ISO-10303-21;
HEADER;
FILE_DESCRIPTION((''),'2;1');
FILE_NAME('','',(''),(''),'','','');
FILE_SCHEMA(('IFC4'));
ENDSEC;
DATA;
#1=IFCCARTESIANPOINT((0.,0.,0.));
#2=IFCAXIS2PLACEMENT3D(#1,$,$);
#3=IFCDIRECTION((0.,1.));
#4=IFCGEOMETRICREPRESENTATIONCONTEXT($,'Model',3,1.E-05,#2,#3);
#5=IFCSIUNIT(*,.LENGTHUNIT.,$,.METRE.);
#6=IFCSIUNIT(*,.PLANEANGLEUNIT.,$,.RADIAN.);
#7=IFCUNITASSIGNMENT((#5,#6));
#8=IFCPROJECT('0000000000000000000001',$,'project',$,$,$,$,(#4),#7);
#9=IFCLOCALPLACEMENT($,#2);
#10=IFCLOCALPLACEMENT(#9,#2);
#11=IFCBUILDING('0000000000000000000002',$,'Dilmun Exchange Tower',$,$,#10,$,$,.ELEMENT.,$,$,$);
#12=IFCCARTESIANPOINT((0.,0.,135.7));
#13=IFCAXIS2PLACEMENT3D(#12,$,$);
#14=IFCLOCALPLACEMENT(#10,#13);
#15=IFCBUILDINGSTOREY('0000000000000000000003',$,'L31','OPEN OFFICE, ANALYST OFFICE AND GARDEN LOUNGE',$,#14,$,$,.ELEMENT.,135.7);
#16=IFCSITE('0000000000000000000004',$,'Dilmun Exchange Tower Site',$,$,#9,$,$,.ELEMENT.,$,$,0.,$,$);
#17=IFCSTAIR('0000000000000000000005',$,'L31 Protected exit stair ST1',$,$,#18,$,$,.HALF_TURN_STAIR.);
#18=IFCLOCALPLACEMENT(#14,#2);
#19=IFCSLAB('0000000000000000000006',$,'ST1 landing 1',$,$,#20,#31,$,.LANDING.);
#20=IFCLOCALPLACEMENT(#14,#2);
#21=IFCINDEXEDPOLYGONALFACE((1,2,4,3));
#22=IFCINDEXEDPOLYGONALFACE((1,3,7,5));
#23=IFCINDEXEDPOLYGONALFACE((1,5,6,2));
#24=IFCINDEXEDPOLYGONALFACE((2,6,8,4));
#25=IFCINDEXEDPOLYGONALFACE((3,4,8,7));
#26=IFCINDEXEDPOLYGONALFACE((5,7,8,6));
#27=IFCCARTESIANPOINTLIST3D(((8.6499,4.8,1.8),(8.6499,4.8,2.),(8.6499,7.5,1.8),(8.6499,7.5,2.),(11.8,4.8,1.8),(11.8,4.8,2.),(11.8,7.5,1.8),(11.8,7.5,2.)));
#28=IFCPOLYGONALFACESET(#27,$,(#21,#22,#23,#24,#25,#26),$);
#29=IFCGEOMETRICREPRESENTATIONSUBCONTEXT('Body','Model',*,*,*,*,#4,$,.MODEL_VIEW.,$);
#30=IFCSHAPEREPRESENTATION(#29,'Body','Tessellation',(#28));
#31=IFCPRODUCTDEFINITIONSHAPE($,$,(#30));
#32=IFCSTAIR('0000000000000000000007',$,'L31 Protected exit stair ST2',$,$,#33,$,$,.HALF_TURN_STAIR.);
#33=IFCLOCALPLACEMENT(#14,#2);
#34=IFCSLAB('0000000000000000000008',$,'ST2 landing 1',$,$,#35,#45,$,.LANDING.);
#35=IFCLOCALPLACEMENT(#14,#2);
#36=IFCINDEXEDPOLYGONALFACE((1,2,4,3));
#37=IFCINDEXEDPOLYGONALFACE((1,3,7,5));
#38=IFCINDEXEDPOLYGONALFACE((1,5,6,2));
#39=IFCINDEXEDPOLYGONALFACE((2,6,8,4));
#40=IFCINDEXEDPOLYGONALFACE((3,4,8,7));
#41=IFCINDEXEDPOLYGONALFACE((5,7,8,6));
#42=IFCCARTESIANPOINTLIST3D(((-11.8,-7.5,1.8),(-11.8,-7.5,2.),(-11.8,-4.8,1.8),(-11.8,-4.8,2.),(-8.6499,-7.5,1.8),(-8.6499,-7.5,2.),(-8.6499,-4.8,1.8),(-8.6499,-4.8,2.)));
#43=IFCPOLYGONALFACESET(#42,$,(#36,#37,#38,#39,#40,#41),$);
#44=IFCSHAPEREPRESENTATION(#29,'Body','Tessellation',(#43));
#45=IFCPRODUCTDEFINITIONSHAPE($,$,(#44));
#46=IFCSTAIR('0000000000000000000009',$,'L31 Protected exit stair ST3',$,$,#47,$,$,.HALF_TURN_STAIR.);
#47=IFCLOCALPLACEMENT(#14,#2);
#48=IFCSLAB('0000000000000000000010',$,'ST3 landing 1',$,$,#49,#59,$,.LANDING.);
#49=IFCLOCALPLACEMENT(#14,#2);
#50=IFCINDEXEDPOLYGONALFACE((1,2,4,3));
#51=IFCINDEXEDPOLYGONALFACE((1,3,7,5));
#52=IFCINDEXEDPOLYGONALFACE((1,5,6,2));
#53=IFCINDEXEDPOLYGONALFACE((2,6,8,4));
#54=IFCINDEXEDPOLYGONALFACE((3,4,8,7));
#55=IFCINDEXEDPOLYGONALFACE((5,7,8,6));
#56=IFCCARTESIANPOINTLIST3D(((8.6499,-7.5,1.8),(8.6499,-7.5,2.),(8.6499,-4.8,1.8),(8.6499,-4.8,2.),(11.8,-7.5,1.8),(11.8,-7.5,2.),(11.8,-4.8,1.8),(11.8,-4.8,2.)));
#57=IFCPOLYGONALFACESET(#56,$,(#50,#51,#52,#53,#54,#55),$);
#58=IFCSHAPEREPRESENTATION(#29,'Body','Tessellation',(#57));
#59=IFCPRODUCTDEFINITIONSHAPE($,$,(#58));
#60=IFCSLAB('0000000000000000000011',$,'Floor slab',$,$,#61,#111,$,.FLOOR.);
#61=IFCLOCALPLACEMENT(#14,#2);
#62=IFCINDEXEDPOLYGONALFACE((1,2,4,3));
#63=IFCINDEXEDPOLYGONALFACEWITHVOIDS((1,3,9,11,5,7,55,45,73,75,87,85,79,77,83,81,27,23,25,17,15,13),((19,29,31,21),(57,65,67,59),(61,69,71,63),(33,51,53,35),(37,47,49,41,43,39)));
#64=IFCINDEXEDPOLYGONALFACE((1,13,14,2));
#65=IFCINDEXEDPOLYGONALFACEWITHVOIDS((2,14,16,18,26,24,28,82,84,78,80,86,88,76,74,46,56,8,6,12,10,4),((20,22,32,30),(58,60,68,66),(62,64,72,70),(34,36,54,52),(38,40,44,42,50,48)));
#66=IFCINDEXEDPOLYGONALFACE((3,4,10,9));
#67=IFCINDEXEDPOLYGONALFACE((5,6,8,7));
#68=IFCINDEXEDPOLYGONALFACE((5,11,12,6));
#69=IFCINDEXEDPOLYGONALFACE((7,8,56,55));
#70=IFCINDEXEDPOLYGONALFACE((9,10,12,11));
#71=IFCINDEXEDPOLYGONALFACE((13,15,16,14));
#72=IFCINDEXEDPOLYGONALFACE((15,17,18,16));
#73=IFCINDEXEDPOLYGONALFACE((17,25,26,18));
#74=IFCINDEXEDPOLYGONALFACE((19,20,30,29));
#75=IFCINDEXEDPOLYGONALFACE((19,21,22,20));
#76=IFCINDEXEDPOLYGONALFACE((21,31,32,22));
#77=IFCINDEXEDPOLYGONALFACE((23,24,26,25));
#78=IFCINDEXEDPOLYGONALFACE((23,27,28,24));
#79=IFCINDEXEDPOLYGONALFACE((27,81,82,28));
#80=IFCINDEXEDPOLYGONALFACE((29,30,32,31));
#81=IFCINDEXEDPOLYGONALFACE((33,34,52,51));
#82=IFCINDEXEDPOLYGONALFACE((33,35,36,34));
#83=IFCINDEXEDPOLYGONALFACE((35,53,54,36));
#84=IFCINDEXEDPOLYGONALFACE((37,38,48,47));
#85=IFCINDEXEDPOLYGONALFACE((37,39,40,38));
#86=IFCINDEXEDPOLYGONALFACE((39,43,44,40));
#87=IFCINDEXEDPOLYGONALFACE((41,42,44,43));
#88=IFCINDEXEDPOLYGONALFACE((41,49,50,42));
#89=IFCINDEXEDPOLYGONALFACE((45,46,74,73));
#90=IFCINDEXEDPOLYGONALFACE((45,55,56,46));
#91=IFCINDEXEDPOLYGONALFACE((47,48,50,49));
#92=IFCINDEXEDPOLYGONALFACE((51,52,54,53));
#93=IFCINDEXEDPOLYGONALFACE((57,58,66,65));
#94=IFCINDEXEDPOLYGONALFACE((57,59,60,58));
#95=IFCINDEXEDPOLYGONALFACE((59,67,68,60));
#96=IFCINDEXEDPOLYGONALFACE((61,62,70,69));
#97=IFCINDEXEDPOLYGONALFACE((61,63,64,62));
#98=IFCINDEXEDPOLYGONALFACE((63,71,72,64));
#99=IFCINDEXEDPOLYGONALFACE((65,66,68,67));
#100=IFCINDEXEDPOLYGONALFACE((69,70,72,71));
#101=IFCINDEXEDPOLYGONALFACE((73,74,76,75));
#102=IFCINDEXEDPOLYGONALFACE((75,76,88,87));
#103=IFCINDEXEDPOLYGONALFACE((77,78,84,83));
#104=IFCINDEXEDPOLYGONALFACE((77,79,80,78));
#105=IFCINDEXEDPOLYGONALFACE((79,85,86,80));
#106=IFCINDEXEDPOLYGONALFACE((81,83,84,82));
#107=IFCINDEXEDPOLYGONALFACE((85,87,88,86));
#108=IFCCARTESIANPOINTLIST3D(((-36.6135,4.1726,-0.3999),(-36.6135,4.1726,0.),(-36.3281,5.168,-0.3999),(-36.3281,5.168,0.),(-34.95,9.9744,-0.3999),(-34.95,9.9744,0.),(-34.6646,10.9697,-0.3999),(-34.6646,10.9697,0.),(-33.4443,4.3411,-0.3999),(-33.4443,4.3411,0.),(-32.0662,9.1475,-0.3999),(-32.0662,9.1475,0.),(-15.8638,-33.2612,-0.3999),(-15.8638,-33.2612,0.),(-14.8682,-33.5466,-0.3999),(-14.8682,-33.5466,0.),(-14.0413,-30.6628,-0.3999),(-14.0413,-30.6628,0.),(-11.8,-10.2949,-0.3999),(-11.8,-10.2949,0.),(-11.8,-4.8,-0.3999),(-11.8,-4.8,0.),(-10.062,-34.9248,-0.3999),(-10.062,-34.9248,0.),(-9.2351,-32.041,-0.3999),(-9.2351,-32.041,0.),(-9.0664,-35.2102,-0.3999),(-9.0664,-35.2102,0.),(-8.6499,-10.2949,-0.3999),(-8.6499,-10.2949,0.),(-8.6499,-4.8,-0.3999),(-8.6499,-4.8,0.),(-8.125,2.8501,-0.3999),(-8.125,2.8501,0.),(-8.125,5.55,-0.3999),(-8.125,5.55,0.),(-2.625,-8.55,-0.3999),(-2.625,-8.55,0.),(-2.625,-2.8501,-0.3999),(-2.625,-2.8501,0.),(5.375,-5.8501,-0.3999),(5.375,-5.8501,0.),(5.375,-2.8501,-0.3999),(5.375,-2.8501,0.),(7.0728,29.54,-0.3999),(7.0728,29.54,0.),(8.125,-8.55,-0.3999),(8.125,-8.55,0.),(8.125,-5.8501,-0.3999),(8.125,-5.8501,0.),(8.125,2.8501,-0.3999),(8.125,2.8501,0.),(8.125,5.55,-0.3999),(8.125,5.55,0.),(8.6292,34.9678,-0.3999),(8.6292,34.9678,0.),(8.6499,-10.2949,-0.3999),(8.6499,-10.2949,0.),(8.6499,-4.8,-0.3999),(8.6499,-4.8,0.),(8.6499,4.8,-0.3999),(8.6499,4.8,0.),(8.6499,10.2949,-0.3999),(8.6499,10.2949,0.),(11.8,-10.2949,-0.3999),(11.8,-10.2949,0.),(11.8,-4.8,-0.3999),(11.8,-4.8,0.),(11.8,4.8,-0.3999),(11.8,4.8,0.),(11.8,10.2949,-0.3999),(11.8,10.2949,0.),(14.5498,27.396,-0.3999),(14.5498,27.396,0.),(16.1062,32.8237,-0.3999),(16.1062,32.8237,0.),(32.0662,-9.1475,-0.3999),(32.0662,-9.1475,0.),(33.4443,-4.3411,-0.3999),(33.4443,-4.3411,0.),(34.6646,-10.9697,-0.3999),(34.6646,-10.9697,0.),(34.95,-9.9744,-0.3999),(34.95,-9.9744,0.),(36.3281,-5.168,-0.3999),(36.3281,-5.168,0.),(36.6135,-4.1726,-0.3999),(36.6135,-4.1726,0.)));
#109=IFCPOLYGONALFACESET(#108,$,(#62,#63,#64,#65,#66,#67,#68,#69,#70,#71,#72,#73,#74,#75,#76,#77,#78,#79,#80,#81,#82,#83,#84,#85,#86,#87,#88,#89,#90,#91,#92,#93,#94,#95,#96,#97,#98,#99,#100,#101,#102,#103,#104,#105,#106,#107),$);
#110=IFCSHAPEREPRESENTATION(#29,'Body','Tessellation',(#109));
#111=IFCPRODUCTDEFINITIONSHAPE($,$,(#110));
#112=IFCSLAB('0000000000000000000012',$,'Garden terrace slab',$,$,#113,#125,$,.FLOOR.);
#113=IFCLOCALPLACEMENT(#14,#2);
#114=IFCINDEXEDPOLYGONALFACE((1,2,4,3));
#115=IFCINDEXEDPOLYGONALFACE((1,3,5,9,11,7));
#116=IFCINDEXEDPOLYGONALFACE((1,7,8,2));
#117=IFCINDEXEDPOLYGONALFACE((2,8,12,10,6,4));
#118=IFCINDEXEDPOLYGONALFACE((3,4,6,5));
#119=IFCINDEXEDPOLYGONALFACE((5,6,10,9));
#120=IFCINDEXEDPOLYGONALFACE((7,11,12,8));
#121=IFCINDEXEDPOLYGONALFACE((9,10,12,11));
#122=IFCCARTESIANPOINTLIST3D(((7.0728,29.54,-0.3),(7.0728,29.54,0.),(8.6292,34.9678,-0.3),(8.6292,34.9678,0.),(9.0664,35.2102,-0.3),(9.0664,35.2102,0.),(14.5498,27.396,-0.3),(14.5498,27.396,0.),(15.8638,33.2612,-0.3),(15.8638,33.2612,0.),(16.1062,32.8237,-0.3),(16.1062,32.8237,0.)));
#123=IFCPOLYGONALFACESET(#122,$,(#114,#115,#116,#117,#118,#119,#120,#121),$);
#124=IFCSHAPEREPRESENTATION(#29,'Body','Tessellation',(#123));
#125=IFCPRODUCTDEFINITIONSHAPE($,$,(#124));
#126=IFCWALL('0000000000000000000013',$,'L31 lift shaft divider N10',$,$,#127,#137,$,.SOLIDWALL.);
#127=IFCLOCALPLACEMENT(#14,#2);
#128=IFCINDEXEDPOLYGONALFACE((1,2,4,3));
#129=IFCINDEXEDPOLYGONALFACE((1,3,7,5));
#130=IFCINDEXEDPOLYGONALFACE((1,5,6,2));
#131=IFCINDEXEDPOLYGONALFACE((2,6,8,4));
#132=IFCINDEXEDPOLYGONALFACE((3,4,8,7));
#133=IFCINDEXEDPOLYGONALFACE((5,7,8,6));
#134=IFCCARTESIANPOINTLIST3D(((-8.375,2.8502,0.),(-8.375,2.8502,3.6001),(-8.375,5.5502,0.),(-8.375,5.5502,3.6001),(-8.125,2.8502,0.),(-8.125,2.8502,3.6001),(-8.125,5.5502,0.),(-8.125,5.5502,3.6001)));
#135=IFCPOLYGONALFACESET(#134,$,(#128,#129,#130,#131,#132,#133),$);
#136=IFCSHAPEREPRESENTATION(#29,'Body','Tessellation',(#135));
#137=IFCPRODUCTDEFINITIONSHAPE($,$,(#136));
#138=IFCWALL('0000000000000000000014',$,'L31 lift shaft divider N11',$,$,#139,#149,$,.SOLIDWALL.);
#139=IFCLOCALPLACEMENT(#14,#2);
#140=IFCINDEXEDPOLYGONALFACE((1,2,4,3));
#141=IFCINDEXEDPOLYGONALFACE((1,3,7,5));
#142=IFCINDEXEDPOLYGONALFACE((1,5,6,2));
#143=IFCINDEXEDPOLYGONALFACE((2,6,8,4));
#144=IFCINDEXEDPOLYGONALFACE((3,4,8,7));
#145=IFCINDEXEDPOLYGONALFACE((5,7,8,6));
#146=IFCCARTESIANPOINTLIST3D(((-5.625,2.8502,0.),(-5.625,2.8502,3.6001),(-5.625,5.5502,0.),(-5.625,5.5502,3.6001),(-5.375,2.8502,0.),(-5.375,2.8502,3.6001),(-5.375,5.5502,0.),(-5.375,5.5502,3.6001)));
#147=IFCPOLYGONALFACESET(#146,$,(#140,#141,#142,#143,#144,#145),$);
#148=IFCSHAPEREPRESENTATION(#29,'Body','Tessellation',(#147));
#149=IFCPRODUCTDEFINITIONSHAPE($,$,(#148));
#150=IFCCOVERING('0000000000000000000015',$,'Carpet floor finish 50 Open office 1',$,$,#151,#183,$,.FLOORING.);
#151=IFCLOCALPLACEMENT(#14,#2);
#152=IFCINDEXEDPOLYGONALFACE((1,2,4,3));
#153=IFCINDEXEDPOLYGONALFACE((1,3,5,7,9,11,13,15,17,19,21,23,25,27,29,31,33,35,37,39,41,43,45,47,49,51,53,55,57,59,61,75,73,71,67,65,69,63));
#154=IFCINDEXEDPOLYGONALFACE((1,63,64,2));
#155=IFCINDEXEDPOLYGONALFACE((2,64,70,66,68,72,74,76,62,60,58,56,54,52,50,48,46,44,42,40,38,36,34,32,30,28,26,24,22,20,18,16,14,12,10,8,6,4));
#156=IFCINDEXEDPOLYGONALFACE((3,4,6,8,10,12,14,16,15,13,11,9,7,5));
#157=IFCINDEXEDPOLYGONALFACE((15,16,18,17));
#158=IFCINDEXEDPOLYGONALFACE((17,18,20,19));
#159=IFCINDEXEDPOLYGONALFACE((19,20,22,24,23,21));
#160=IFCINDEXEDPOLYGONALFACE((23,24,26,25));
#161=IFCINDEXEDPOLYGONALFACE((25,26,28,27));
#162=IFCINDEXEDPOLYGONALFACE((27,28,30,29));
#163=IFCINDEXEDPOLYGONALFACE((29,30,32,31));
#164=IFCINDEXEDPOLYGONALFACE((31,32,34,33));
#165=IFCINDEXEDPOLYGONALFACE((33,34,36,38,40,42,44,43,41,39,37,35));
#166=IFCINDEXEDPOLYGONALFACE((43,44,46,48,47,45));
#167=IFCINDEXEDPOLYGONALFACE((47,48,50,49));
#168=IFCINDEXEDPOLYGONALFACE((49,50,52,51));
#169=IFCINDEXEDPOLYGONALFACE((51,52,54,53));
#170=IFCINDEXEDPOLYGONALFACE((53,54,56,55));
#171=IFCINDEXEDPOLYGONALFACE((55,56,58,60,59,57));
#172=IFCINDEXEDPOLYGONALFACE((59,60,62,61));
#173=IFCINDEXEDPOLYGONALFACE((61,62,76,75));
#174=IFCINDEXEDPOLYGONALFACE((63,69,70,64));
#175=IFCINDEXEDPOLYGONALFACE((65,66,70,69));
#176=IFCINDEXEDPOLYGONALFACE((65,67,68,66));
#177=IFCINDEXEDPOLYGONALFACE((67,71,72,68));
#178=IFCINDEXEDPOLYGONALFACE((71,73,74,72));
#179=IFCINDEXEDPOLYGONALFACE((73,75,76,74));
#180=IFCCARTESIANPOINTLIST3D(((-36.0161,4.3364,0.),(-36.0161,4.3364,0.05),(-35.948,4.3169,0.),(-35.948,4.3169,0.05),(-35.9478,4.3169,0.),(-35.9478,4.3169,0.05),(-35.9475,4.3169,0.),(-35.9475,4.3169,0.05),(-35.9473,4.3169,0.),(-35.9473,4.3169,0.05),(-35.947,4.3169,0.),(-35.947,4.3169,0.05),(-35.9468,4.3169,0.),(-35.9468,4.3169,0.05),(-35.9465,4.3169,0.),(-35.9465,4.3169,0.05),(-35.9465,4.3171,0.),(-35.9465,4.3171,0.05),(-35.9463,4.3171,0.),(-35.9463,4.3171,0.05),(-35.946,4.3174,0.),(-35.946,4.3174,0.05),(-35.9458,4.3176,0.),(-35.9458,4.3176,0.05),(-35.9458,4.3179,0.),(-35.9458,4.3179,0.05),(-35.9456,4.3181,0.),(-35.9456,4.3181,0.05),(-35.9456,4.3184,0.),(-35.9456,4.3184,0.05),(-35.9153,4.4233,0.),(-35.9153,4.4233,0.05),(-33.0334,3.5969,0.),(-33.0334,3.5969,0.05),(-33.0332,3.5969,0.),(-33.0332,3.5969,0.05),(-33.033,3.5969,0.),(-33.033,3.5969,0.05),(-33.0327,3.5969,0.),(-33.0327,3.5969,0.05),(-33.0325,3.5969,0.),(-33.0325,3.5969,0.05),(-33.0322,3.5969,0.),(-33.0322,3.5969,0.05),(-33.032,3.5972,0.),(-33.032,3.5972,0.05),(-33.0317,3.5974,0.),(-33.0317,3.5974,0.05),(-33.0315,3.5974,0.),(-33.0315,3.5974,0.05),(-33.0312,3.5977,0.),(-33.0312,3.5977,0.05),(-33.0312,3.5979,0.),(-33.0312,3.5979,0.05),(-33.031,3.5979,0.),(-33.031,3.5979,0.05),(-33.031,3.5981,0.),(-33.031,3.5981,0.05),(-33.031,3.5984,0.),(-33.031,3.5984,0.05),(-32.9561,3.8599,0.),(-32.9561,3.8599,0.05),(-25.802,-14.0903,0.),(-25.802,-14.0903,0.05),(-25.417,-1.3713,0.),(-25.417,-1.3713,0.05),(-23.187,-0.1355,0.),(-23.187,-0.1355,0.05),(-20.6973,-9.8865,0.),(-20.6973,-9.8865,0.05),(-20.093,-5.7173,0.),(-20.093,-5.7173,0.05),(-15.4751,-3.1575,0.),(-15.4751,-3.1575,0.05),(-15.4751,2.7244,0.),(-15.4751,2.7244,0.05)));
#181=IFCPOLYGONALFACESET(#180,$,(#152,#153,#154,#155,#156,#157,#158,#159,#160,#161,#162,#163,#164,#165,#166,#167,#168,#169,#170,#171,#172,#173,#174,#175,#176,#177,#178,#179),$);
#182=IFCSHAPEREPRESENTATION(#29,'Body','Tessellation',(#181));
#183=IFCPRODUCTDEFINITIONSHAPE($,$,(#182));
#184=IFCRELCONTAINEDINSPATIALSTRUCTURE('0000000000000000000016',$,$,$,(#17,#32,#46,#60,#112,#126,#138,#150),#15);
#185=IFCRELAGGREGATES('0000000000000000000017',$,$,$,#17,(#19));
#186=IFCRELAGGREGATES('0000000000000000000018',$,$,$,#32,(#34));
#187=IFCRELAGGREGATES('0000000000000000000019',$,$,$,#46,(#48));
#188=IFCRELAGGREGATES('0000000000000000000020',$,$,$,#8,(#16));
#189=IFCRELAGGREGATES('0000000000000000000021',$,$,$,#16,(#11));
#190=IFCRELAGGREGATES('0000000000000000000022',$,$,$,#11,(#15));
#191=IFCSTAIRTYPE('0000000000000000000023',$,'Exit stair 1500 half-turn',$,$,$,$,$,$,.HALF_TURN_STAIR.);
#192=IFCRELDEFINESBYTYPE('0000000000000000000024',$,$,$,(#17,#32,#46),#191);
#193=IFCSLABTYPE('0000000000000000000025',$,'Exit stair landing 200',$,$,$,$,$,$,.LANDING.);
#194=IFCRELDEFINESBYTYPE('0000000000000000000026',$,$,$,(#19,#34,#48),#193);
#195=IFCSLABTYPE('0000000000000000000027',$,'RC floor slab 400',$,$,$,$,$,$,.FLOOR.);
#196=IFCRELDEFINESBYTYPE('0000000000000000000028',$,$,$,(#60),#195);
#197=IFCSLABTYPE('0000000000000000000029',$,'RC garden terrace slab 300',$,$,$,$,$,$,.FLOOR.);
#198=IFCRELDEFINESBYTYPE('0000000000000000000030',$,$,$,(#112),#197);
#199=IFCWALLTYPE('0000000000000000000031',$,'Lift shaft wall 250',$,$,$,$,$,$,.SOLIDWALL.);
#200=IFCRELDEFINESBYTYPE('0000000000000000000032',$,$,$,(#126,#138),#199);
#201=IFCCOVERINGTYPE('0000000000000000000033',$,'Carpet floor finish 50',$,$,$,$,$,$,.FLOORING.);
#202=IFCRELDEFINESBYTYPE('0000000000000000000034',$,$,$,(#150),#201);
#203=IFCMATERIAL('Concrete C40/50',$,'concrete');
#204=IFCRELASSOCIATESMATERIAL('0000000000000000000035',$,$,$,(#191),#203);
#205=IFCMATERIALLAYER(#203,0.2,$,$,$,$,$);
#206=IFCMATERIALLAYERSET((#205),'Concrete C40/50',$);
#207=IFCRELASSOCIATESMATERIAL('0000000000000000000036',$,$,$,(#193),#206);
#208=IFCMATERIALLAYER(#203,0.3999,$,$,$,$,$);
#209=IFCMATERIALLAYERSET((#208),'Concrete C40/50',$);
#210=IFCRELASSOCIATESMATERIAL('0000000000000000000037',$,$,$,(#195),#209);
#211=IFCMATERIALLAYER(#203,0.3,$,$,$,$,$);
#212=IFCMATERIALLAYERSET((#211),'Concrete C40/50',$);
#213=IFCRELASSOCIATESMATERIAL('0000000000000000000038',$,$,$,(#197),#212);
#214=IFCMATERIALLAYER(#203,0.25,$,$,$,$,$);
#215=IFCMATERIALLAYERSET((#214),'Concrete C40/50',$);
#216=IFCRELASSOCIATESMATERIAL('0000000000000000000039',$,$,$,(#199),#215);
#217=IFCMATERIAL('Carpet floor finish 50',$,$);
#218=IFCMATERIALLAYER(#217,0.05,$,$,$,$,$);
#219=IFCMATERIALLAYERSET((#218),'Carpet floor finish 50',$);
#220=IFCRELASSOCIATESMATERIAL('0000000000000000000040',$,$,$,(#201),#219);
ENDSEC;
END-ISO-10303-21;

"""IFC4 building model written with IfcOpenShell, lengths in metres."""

from ifc_helpers import new_model, si_unit, direction, frame, frame_2d, origin, place, context, subcontext, project, spatial, polyline, rectangle, outline, extrude, material, layer, layer_set, type_object, element, aggregate, save


model = new_model("IFC4")

# Units and contexts
model_context = context("Model", 3, precision=1e-05, world=origin(), true_north=direction((0.0, 1.0)))
body_context = subcontext(model_context, "Body", "Model", "MODEL_VIEW")
ifc_project = project(units=[si_unit("LENGTHUNIT", "METRE"), si_unit("PLANEANGLEUNIT", "RADIAN")], contexts=[model_context])

# Site, building, storey
site_placement = place(None, origin())
site = spatial("IfcSite", under=ifc_project, at=site_placement, Name="Dilmun Exchange Tower Site", CompositionType="ELEMENT", RefElevation=0.0)
building_placement = place(site_placement, origin())
building = spatial("IfcBuilding", under=site, at=building_placement, Name="Dilmun Exchange Tower", CompositionType="ELEMENT")
storey_placement = place(building_placement, frame((0.0, 0.0, 135.7)))
storey = spatial("IfcBuildingStorey", under=building, at=storey_placement, Name="L31", Description="OPEN OFFICE, ANALYST OFFICE AND GARDEN LOUNGE", CompositionType="ELEMENT", Elevation=135.7)

# Stairs, slabs
ifc_material_1 = material(Name="Concrete C40/50", Category="concrete")
stair_type = type_object("IfcStairType", Name="Exit stair 1500 half-turn", PredefinedType="HALF_TURN_STAIR", material=ifc_material_1)
stair_1_placement = place(storey_placement, origin())
stair_1 = element("IfcStair", 1, at=stair_1_placement, inside=storey, type_object=stair_type, Name="L31 Protected exit stair ST1", PredefinedType="HALF_TURN_STAIR")
ifc_layer_1 = layer(ifc_material_1, 0.2)
ifc_layer_set_1 = layer_set([ifc_layer_1], Name="Concrete C40/50")
slab_type_1 = type_object("IfcSlabType", Name="Exit stair landing 200", PredefinedType="LANDING", material=ifc_layer_set_1)
slab_1_placement = place(storey_placement, frame((0.0, 0.0, 1.8)))
slab_1 = element("IfcSlab", 2, at=slab_1_placement, type_object=slab_type_1, Name="ST1 landing 1", PredefinedType="LANDING", context=body_context, shape_type="SweptSolid", body=[
    extrude(outline(polyline([(8.6499, 7.5), (8.6499, 4.8), (11.8, 4.8), (11.8, 7.5), (8.6499, 7.5)])), origin(), (0.0, 0.0, 1.0), 0.2),
])
aggregate(stair_1, [slab_1])
stair_2_placement = place(storey_placement, origin())
stair_2 = element("IfcStair", 3, at=stair_2_placement, inside=storey, type_object=stair_type, Name="L31 Protected exit stair ST2", PredefinedType="HALF_TURN_STAIR")
slab_2_placement = place(storey_placement, frame((0.0, 0.0, 1.8)))
slab_2 = element("IfcSlab", 4, at=slab_2_placement, type_object=slab_type_1, Name="ST2 landing 1", PredefinedType="LANDING", context=body_context, shape_type="SweptSolid", body=[
    extrude(outline(polyline([(-8.6499, -7.5), (-8.6499, -4.8), (-11.8, -4.8), (-11.8, -7.5), (-8.6499, -7.5)])), origin(), (0.0, 0.0, 1.0), 0.2),
])
aggregate(stair_2, [slab_2])
stair_3_placement = place(storey_placement, origin())
stair_3 = element("IfcStair", 5, at=stair_3_placement, inside=storey, type_object=stair_type, Name="L31 Protected exit stair ST3", PredefinedType="HALF_TURN_STAIR")
slab_3_placement = place(storey_placement, frame((0.0, 0.0, 1.8)))
slab_3 = element("IfcSlab", 6, at=slab_3_placement, type_object=slab_type_1, Name="ST3 landing 1", PredefinedType="LANDING", context=body_context, shape_type="SweptSolid", body=[
    extrude(outline(polyline([(11.8, -7.5), (11.8, -4.8), (8.6499, -4.8), (8.6499, -7.5), (11.8, -7.5)])), origin(), (0.0, 0.0, 1.0), 0.2),
])
aggregate(stair_3, [slab_3])

# Slabs
ifc_layer_2 = layer(ifc_material_1, 0.3999)
ifc_layer_set_2 = layer_set([ifc_layer_2], Name="Concrete C40/50")
slab_type_2 = type_object("IfcSlabType", Name="RC floor slab 400", PredefinedType="FLOOR", material=ifc_layer_set_2)
slab_4_placement = place(storey_placement, frame((0.0, 0.0, -0.3999)))
element("IfcSlab", 7, at=slab_4_placement, inside=storey, type_object=slab_type_2, Name="Floor slab", PredefinedType="FLOOR", context=body_context, shape_type="SweptSolid", body=[
    extrude(outline(polyline([(36.3281, -5.168), (33.4443, -4.3411), (32.0662, -9.1475), (34.95, -9.9744), (34.6646, -10.9697), (-9.0664, -35.2102), (-10.062, -34.9248), (-9.2351, -32.041), (-14.0413, -30.6628), (-14.8682, -33.5466), (-15.8638, -33.2612), (-36.6135, 4.1726), (-36.3281, 5.168), (-33.4443, 4.3411), (-32.0662, 9.1475), (-34.95, 9.9744), (-34.6646, 10.9697), (8.6292, 34.9678), (7.0728, 29.54), (14.5498, 27.396), (16.1062, 32.8237), (36.6135, -4.1726), (36.3281, -5.168)]), holes=[polyline([(-8.6499, -4.8), (-11.8, -4.8), (-11.8, -10.2949), (-8.6499, -10.2949), (-8.6499, -4.8)]), polyline([(11.8, -4.8), (8.6499, -4.8), (8.6499, -10.2949), (11.8, -10.2949), (11.8, -4.8)]), polyline([(5.375, -2.8501), (-2.625, -2.8501), (-2.625, -8.55), (8.125, -8.55), (8.125, -5.8501), (5.375, -5.8501), (5.375, -2.8501)]), polyline([(8.125, 2.8501), (8.125, 5.55), (-8.125, 5.55), (-8.125, 2.8501), (8.125, 2.8501)]), polyline([(8.6499, 10.2949), (8.6499, 4.8), (11.8, 4.8), (11.8, 10.2949), (8.6499, 10.2949)])]), origin(), (0.0, 0.0, 1.0), 0.3999),
])
ifc_layer_3 = layer(ifc_material_1, 0.3)
ifc_layer_set_3 = layer_set([ifc_layer_3], Name="Concrete C40/50")
slab_type_3 = type_object("IfcSlabType", Name="RC garden terrace slab 300", PredefinedType="FLOOR", material=ifc_layer_set_3)
slab_5_placement = place(storey_placement, frame((0.0, 0.0, -0.3)))
element("IfcSlab", 8, at=slab_5_placement, inside=storey, type_object=slab_type_3, Name="Garden terrace slab", PredefinedType="FLOOR", context=body_context, shape_type="SweptSolid", body=[
    extrude(outline(polyline([(7.0728, 29.54), (8.6292, 34.9678), (9.0664, 35.2102), (15.8638, 33.2612), (16.1062, 32.8237), (14.5498, 27.396), (7.0728, 29.54)])), origin(), (0.0, 0.0, 1.0), 0.3),
])

# Walls
ifc_layer_4 = layer(ifc_material_1, 0.25)
ifc_layer_set_4 = layer_set([ifc_layer_4], Name="Concrete C40/50")
wall_type = type_object("IfcWallType", Name="Lift shaft wall 250", PredefinedType="SOLIDWALL", material=ifc_layer_set_4)
for number, where, z_axis, x_axis, name in (
    (9, (-8.25, 2.8501, 0.0), (0.0, 0.0, 1.0), (0.0, 1.0, 0.0), "L31 lift shaft divider N10"),
    (10, (-5.5, 2.8501, 0.0), (0.0, 0.0, 1.0), (0.0, 1.0, 0.0), "L31 lift shaft divider N11"),
):
    element("IfcWall", number, at=place(storey_placement, frame(where, z_axis=z_axis, x_axis=x_axis)), inside=storey, type_object=wall_type, Name=name, PredefinedType="SOLIDWALL", context=body_context, shape_type="SweptSolid", body=[
        extrude(rectangle(XDim=2.7, YDim=0.25, at=frame_2d((1.3501, 0.0))), origin(), (0.0, 0.0, 1.0), 3.6001),
    ])

# Covering
ifc_material_2 = material(Name="Carpet floor finish 50")
ifc_layer_5 = layer(ifc_material_2, 0.05)
ifc_layer_set_5 = layer_set([ifc_layer_5], Name="Carpet floor finish 50")
covering_type_1 = type_object("IfcCoveringType", Name="Carpet floor finish 50", PredefinedType="FLOORING", material=ifc_layer_set_5)
covering_1_placement = place(storey_placement, origin())
element("IfcCovering", 11, at=covering_1_placement, inside=storey, type_object=covering_type_1, Name="Carpet floor finish 50 Open office 1", PredefinedType="FLOORING", context=body_context, shape_type="SweptSolid", body=[
    extrude(outline(polyline([(-15.4751, 2.7244), (-15.4751, -3.1575), (-20.093, -5.7173), (-23.187, -0.1355), (-25.417, -1.3713), (-20.6973, -9.8865), (-25.802, -14.0903), (-36.0161, 4.3364), (-35.948, 4.3169), (-35.9478, 4.3169), (-35.9475, 4.3169), (-35.9475, 4.3169), (-35.9473, 4.3169), (-35.947, 4.3169), (-35.9468, 4.3169), (-35.9465, 4.3169), (-35.9465, 4.3171), (-35.9463, 4.3171), (-35.946, 4.3174), (-35.946, 4.3174), (-35.9458, 4.3176), (-35.9458, 4.3179), (-35.9458, 4.3179), (-35.9456, 4.3181), (-35.9456, 4.3184), (-35.9153, 4.4233), (-33.0334, 3.5969), (-33.0332, 3.5969), (-33.0332, 3.5969), (-33.033, 3.5969), (-33.0327, 3.5969), (-33.0325, 3.5969), (-33.0322, 3.5969), (-33.032, 3.5972), (-33.032, 3.5972), (-33.0317, 3.5974), (-33.0315, 3.5974), (-33.0315, 3.5974), (-33.0312, 3.5977), (-33.0312, 3.5979), (-33.031, 3.5979), (-33.031, 3.5981), (-33.031, 3.5984), (-32.9561, 3.8599), (-15.4751, 2.7244)])), origin(), (0.0, 0.0, 1.0), 0.05),
])

save(model, "model.ifc")
